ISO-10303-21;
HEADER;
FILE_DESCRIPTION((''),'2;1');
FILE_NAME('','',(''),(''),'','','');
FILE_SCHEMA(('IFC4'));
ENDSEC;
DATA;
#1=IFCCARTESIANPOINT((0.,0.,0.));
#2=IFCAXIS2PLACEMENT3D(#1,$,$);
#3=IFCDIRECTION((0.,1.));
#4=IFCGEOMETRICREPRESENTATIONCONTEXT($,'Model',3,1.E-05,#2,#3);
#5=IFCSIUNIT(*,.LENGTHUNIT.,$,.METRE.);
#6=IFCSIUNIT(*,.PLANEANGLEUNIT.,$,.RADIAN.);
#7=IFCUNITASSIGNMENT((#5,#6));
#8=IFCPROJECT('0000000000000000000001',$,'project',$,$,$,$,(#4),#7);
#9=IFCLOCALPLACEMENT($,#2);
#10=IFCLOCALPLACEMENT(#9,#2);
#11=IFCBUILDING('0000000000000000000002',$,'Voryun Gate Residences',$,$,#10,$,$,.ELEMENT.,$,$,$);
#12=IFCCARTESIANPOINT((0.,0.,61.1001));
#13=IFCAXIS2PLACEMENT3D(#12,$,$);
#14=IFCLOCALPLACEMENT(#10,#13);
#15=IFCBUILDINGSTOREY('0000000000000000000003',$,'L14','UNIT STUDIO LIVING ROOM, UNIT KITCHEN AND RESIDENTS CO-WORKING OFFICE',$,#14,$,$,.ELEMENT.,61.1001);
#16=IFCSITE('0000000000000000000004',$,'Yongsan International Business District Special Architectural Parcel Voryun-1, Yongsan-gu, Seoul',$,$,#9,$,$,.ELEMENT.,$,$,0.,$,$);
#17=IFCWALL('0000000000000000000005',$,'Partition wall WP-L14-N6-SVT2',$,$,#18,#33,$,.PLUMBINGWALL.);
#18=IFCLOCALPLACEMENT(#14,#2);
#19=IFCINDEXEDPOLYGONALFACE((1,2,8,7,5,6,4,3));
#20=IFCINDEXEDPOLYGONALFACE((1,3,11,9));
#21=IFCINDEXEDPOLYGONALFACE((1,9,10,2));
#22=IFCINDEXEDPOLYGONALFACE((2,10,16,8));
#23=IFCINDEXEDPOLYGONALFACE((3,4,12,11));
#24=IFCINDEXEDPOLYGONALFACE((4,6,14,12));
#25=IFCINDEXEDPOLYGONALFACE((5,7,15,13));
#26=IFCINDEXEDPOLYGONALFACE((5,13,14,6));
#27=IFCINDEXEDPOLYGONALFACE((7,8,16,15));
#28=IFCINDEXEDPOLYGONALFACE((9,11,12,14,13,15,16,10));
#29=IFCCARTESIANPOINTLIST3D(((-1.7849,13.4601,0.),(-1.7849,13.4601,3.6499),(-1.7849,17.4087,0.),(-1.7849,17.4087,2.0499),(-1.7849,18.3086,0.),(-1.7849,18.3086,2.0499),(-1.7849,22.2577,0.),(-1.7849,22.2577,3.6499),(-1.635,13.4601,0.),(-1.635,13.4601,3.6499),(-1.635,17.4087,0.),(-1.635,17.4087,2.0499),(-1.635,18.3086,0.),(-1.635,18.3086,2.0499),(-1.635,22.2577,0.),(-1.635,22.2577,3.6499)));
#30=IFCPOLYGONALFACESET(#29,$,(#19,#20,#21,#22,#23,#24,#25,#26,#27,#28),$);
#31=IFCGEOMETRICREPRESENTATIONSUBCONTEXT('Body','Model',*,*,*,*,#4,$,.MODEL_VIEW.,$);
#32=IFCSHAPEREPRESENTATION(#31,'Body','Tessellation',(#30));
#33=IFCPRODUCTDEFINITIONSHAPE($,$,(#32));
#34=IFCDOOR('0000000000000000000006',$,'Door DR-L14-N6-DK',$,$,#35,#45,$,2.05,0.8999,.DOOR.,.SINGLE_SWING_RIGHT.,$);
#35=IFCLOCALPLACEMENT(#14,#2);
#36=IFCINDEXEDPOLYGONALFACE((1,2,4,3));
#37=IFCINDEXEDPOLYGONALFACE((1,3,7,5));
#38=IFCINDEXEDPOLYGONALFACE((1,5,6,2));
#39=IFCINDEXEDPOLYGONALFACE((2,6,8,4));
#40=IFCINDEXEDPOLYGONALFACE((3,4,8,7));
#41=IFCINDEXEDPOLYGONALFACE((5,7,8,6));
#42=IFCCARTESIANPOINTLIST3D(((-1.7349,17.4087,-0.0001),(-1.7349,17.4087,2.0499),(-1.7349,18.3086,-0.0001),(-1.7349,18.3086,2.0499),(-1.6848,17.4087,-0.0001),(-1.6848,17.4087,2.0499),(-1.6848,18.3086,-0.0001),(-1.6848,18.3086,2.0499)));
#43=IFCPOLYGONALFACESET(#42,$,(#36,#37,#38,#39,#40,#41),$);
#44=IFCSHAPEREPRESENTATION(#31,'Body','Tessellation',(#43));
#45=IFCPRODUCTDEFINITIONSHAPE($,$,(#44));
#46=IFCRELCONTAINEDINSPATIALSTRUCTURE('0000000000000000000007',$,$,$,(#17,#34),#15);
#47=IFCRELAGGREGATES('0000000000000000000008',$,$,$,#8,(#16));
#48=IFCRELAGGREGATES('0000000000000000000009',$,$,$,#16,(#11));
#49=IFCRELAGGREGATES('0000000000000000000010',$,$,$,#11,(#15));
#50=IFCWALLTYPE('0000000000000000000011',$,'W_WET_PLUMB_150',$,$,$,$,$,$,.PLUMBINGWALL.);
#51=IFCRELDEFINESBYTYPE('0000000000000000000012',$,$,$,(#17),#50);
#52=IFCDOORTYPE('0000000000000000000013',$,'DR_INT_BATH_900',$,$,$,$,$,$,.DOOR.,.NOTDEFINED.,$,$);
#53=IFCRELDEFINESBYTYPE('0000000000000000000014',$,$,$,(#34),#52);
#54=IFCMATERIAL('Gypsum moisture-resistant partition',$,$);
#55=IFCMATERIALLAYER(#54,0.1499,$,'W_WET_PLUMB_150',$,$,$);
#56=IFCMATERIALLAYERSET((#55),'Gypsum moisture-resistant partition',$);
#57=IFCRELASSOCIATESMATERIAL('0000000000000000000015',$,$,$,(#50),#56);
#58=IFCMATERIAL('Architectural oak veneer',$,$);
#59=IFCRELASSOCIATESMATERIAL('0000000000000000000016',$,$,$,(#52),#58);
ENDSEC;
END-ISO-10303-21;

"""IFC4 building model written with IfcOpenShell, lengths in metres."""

from ifc_helpers import new_model, si_unit, direction, frame, frame_2d, origin, place, context, subcontext, project, spatial, rectangle, extrude, material, layer, layer_set, type_object, element, fill, save


model = new_model("IFC4")

# Units and contexts
model_context = context("Model", 3, precision=1e-05, world=origin(), true_north=direction((0.0, 1.0)))
body_context = subcontext(model_context, "Body", "Model", "MODEL_VIEW")
ifc_project = project(units=[si_unit("LENGTHUNIT", "METRE"), si_unit("PLANEANGLEUNIT", "RADIAN")], contexts=[model_context])

# Site, building, storey
site_placement = place(None, origin())
site = spatial("IfcSite", under=ifc_project, at=site_placement, Name="Yongsan International Business District Special Architectural Parcel Voryun-1, Yongsan-gu, Seoul", CompositionType="ELEMENT", RefElevation=0.0)
building_placement = place(site_placement, origin())
building = spatial("IfcBuilding", under=site, at=building_placement, Name="Voryun Gate Residences", CompositionType="ELEMENT")
storey_placement = place(building_placement, frame((0.0, 0.0, 61.1001)))
storey = spatial("IfcBuildingStorey", under=building, at=storey_placement, Name="L14", Description="UNIT STUDIO LIVING ROOM, UNIT KITCHEN AND RESIDENTS CO-WORKING OFFICE", CompositionType="ELEMENT", Elevation=61.1001)

# Wall, opening, door
ifc_material_1 = material(Name="Gypsum moisture-resistant partition")
ifc_layer_1 = layer(ifc_material_1, 0.1499, Name="W_WET_PLUMB_150")
ifc_layer_set_1 = layer_set([ifc_layer_1], Name="Gypsum moisture-resistant partition")
wall_type = type_object("IfcWallType", Name="W_WET_PLUMB_150", PredefinedType="PLUMBINGWALL", material=ifc_layer_set_1)
wall_placement = place(storey_placement, frame((-1.71, 13.46, 0.0), z_axis=(0.0, 0.0, 1.0), x_axis=(0.0, 1.0, 0.0)))
wall = element("IfcWall", 1, at=wall_placement, inside=storey, type_object=wall_type, Name="Partition wall WP-L14-N6-SVT2", PredefinedType="PLUMBINGWALL", context=body_context, shape_type="SweptSolid", body=[
    extrude(rectangle(XDim=8.7976, YDim=0.1499, at=frame_2d((4.3989, 0.0))), origin(), (0.0, 0.0, 1.0), 3.6499),
])
opening_placement = place(wall_placement, frame((3.9487, 0.0, 0.0)))
opening = element("IfcOpeningElement", 2, at=opening_placement, cuts=wall, PredefinedType="OPENING", context=body_context, shape_type="SweptSolid", body=[
    extrude(rectangle(XDim=0.8999, YDim=2.05, at=frame_2d((0.45, 1.0249))), frame((0.0, 0.085, 0.0), z_axis=(0.0, -1.0, 0.0), x_axis=(1.0, 0.0, 0.0)), (0.0, 0.0, 1.0), 0.1699),
])
ifc_material_2 = material(Name="Architectural oak veneer")
door_type = type_object("IfcDoorType", Name="DR_INT_BATH_900", OperationType="NOTDEFINED", PredefinedType="DOOR", material=ifc_material_2)
door_placement = place(opening_placement, origin())
door = element("IfcDoor", 3, at=door_placement, inside=storey, type_object=door_type, Name="Door DR-L14-N6-DK", OperationType="SINGLE_SWING_RIGHT", OverallHeight=2.05, OverallWidth=0.8999, PredefinedType="DOOR", context=body_context, shape_type="SweptSolid", body=[
    extrude(rectangle(XDim=0.8999, YDim=2.05, at=frame_2d((0.45, 1.0249))), frame((0.0, 0.0249, 0.0), z_axis=(0.0, -1.0, 0.0), x_axis=(1.0, 0.0, 0.0)), (0.0, 0.0, 1.0), 0.05),
])
fill(opening, door)

save(model, "model.ifc")
